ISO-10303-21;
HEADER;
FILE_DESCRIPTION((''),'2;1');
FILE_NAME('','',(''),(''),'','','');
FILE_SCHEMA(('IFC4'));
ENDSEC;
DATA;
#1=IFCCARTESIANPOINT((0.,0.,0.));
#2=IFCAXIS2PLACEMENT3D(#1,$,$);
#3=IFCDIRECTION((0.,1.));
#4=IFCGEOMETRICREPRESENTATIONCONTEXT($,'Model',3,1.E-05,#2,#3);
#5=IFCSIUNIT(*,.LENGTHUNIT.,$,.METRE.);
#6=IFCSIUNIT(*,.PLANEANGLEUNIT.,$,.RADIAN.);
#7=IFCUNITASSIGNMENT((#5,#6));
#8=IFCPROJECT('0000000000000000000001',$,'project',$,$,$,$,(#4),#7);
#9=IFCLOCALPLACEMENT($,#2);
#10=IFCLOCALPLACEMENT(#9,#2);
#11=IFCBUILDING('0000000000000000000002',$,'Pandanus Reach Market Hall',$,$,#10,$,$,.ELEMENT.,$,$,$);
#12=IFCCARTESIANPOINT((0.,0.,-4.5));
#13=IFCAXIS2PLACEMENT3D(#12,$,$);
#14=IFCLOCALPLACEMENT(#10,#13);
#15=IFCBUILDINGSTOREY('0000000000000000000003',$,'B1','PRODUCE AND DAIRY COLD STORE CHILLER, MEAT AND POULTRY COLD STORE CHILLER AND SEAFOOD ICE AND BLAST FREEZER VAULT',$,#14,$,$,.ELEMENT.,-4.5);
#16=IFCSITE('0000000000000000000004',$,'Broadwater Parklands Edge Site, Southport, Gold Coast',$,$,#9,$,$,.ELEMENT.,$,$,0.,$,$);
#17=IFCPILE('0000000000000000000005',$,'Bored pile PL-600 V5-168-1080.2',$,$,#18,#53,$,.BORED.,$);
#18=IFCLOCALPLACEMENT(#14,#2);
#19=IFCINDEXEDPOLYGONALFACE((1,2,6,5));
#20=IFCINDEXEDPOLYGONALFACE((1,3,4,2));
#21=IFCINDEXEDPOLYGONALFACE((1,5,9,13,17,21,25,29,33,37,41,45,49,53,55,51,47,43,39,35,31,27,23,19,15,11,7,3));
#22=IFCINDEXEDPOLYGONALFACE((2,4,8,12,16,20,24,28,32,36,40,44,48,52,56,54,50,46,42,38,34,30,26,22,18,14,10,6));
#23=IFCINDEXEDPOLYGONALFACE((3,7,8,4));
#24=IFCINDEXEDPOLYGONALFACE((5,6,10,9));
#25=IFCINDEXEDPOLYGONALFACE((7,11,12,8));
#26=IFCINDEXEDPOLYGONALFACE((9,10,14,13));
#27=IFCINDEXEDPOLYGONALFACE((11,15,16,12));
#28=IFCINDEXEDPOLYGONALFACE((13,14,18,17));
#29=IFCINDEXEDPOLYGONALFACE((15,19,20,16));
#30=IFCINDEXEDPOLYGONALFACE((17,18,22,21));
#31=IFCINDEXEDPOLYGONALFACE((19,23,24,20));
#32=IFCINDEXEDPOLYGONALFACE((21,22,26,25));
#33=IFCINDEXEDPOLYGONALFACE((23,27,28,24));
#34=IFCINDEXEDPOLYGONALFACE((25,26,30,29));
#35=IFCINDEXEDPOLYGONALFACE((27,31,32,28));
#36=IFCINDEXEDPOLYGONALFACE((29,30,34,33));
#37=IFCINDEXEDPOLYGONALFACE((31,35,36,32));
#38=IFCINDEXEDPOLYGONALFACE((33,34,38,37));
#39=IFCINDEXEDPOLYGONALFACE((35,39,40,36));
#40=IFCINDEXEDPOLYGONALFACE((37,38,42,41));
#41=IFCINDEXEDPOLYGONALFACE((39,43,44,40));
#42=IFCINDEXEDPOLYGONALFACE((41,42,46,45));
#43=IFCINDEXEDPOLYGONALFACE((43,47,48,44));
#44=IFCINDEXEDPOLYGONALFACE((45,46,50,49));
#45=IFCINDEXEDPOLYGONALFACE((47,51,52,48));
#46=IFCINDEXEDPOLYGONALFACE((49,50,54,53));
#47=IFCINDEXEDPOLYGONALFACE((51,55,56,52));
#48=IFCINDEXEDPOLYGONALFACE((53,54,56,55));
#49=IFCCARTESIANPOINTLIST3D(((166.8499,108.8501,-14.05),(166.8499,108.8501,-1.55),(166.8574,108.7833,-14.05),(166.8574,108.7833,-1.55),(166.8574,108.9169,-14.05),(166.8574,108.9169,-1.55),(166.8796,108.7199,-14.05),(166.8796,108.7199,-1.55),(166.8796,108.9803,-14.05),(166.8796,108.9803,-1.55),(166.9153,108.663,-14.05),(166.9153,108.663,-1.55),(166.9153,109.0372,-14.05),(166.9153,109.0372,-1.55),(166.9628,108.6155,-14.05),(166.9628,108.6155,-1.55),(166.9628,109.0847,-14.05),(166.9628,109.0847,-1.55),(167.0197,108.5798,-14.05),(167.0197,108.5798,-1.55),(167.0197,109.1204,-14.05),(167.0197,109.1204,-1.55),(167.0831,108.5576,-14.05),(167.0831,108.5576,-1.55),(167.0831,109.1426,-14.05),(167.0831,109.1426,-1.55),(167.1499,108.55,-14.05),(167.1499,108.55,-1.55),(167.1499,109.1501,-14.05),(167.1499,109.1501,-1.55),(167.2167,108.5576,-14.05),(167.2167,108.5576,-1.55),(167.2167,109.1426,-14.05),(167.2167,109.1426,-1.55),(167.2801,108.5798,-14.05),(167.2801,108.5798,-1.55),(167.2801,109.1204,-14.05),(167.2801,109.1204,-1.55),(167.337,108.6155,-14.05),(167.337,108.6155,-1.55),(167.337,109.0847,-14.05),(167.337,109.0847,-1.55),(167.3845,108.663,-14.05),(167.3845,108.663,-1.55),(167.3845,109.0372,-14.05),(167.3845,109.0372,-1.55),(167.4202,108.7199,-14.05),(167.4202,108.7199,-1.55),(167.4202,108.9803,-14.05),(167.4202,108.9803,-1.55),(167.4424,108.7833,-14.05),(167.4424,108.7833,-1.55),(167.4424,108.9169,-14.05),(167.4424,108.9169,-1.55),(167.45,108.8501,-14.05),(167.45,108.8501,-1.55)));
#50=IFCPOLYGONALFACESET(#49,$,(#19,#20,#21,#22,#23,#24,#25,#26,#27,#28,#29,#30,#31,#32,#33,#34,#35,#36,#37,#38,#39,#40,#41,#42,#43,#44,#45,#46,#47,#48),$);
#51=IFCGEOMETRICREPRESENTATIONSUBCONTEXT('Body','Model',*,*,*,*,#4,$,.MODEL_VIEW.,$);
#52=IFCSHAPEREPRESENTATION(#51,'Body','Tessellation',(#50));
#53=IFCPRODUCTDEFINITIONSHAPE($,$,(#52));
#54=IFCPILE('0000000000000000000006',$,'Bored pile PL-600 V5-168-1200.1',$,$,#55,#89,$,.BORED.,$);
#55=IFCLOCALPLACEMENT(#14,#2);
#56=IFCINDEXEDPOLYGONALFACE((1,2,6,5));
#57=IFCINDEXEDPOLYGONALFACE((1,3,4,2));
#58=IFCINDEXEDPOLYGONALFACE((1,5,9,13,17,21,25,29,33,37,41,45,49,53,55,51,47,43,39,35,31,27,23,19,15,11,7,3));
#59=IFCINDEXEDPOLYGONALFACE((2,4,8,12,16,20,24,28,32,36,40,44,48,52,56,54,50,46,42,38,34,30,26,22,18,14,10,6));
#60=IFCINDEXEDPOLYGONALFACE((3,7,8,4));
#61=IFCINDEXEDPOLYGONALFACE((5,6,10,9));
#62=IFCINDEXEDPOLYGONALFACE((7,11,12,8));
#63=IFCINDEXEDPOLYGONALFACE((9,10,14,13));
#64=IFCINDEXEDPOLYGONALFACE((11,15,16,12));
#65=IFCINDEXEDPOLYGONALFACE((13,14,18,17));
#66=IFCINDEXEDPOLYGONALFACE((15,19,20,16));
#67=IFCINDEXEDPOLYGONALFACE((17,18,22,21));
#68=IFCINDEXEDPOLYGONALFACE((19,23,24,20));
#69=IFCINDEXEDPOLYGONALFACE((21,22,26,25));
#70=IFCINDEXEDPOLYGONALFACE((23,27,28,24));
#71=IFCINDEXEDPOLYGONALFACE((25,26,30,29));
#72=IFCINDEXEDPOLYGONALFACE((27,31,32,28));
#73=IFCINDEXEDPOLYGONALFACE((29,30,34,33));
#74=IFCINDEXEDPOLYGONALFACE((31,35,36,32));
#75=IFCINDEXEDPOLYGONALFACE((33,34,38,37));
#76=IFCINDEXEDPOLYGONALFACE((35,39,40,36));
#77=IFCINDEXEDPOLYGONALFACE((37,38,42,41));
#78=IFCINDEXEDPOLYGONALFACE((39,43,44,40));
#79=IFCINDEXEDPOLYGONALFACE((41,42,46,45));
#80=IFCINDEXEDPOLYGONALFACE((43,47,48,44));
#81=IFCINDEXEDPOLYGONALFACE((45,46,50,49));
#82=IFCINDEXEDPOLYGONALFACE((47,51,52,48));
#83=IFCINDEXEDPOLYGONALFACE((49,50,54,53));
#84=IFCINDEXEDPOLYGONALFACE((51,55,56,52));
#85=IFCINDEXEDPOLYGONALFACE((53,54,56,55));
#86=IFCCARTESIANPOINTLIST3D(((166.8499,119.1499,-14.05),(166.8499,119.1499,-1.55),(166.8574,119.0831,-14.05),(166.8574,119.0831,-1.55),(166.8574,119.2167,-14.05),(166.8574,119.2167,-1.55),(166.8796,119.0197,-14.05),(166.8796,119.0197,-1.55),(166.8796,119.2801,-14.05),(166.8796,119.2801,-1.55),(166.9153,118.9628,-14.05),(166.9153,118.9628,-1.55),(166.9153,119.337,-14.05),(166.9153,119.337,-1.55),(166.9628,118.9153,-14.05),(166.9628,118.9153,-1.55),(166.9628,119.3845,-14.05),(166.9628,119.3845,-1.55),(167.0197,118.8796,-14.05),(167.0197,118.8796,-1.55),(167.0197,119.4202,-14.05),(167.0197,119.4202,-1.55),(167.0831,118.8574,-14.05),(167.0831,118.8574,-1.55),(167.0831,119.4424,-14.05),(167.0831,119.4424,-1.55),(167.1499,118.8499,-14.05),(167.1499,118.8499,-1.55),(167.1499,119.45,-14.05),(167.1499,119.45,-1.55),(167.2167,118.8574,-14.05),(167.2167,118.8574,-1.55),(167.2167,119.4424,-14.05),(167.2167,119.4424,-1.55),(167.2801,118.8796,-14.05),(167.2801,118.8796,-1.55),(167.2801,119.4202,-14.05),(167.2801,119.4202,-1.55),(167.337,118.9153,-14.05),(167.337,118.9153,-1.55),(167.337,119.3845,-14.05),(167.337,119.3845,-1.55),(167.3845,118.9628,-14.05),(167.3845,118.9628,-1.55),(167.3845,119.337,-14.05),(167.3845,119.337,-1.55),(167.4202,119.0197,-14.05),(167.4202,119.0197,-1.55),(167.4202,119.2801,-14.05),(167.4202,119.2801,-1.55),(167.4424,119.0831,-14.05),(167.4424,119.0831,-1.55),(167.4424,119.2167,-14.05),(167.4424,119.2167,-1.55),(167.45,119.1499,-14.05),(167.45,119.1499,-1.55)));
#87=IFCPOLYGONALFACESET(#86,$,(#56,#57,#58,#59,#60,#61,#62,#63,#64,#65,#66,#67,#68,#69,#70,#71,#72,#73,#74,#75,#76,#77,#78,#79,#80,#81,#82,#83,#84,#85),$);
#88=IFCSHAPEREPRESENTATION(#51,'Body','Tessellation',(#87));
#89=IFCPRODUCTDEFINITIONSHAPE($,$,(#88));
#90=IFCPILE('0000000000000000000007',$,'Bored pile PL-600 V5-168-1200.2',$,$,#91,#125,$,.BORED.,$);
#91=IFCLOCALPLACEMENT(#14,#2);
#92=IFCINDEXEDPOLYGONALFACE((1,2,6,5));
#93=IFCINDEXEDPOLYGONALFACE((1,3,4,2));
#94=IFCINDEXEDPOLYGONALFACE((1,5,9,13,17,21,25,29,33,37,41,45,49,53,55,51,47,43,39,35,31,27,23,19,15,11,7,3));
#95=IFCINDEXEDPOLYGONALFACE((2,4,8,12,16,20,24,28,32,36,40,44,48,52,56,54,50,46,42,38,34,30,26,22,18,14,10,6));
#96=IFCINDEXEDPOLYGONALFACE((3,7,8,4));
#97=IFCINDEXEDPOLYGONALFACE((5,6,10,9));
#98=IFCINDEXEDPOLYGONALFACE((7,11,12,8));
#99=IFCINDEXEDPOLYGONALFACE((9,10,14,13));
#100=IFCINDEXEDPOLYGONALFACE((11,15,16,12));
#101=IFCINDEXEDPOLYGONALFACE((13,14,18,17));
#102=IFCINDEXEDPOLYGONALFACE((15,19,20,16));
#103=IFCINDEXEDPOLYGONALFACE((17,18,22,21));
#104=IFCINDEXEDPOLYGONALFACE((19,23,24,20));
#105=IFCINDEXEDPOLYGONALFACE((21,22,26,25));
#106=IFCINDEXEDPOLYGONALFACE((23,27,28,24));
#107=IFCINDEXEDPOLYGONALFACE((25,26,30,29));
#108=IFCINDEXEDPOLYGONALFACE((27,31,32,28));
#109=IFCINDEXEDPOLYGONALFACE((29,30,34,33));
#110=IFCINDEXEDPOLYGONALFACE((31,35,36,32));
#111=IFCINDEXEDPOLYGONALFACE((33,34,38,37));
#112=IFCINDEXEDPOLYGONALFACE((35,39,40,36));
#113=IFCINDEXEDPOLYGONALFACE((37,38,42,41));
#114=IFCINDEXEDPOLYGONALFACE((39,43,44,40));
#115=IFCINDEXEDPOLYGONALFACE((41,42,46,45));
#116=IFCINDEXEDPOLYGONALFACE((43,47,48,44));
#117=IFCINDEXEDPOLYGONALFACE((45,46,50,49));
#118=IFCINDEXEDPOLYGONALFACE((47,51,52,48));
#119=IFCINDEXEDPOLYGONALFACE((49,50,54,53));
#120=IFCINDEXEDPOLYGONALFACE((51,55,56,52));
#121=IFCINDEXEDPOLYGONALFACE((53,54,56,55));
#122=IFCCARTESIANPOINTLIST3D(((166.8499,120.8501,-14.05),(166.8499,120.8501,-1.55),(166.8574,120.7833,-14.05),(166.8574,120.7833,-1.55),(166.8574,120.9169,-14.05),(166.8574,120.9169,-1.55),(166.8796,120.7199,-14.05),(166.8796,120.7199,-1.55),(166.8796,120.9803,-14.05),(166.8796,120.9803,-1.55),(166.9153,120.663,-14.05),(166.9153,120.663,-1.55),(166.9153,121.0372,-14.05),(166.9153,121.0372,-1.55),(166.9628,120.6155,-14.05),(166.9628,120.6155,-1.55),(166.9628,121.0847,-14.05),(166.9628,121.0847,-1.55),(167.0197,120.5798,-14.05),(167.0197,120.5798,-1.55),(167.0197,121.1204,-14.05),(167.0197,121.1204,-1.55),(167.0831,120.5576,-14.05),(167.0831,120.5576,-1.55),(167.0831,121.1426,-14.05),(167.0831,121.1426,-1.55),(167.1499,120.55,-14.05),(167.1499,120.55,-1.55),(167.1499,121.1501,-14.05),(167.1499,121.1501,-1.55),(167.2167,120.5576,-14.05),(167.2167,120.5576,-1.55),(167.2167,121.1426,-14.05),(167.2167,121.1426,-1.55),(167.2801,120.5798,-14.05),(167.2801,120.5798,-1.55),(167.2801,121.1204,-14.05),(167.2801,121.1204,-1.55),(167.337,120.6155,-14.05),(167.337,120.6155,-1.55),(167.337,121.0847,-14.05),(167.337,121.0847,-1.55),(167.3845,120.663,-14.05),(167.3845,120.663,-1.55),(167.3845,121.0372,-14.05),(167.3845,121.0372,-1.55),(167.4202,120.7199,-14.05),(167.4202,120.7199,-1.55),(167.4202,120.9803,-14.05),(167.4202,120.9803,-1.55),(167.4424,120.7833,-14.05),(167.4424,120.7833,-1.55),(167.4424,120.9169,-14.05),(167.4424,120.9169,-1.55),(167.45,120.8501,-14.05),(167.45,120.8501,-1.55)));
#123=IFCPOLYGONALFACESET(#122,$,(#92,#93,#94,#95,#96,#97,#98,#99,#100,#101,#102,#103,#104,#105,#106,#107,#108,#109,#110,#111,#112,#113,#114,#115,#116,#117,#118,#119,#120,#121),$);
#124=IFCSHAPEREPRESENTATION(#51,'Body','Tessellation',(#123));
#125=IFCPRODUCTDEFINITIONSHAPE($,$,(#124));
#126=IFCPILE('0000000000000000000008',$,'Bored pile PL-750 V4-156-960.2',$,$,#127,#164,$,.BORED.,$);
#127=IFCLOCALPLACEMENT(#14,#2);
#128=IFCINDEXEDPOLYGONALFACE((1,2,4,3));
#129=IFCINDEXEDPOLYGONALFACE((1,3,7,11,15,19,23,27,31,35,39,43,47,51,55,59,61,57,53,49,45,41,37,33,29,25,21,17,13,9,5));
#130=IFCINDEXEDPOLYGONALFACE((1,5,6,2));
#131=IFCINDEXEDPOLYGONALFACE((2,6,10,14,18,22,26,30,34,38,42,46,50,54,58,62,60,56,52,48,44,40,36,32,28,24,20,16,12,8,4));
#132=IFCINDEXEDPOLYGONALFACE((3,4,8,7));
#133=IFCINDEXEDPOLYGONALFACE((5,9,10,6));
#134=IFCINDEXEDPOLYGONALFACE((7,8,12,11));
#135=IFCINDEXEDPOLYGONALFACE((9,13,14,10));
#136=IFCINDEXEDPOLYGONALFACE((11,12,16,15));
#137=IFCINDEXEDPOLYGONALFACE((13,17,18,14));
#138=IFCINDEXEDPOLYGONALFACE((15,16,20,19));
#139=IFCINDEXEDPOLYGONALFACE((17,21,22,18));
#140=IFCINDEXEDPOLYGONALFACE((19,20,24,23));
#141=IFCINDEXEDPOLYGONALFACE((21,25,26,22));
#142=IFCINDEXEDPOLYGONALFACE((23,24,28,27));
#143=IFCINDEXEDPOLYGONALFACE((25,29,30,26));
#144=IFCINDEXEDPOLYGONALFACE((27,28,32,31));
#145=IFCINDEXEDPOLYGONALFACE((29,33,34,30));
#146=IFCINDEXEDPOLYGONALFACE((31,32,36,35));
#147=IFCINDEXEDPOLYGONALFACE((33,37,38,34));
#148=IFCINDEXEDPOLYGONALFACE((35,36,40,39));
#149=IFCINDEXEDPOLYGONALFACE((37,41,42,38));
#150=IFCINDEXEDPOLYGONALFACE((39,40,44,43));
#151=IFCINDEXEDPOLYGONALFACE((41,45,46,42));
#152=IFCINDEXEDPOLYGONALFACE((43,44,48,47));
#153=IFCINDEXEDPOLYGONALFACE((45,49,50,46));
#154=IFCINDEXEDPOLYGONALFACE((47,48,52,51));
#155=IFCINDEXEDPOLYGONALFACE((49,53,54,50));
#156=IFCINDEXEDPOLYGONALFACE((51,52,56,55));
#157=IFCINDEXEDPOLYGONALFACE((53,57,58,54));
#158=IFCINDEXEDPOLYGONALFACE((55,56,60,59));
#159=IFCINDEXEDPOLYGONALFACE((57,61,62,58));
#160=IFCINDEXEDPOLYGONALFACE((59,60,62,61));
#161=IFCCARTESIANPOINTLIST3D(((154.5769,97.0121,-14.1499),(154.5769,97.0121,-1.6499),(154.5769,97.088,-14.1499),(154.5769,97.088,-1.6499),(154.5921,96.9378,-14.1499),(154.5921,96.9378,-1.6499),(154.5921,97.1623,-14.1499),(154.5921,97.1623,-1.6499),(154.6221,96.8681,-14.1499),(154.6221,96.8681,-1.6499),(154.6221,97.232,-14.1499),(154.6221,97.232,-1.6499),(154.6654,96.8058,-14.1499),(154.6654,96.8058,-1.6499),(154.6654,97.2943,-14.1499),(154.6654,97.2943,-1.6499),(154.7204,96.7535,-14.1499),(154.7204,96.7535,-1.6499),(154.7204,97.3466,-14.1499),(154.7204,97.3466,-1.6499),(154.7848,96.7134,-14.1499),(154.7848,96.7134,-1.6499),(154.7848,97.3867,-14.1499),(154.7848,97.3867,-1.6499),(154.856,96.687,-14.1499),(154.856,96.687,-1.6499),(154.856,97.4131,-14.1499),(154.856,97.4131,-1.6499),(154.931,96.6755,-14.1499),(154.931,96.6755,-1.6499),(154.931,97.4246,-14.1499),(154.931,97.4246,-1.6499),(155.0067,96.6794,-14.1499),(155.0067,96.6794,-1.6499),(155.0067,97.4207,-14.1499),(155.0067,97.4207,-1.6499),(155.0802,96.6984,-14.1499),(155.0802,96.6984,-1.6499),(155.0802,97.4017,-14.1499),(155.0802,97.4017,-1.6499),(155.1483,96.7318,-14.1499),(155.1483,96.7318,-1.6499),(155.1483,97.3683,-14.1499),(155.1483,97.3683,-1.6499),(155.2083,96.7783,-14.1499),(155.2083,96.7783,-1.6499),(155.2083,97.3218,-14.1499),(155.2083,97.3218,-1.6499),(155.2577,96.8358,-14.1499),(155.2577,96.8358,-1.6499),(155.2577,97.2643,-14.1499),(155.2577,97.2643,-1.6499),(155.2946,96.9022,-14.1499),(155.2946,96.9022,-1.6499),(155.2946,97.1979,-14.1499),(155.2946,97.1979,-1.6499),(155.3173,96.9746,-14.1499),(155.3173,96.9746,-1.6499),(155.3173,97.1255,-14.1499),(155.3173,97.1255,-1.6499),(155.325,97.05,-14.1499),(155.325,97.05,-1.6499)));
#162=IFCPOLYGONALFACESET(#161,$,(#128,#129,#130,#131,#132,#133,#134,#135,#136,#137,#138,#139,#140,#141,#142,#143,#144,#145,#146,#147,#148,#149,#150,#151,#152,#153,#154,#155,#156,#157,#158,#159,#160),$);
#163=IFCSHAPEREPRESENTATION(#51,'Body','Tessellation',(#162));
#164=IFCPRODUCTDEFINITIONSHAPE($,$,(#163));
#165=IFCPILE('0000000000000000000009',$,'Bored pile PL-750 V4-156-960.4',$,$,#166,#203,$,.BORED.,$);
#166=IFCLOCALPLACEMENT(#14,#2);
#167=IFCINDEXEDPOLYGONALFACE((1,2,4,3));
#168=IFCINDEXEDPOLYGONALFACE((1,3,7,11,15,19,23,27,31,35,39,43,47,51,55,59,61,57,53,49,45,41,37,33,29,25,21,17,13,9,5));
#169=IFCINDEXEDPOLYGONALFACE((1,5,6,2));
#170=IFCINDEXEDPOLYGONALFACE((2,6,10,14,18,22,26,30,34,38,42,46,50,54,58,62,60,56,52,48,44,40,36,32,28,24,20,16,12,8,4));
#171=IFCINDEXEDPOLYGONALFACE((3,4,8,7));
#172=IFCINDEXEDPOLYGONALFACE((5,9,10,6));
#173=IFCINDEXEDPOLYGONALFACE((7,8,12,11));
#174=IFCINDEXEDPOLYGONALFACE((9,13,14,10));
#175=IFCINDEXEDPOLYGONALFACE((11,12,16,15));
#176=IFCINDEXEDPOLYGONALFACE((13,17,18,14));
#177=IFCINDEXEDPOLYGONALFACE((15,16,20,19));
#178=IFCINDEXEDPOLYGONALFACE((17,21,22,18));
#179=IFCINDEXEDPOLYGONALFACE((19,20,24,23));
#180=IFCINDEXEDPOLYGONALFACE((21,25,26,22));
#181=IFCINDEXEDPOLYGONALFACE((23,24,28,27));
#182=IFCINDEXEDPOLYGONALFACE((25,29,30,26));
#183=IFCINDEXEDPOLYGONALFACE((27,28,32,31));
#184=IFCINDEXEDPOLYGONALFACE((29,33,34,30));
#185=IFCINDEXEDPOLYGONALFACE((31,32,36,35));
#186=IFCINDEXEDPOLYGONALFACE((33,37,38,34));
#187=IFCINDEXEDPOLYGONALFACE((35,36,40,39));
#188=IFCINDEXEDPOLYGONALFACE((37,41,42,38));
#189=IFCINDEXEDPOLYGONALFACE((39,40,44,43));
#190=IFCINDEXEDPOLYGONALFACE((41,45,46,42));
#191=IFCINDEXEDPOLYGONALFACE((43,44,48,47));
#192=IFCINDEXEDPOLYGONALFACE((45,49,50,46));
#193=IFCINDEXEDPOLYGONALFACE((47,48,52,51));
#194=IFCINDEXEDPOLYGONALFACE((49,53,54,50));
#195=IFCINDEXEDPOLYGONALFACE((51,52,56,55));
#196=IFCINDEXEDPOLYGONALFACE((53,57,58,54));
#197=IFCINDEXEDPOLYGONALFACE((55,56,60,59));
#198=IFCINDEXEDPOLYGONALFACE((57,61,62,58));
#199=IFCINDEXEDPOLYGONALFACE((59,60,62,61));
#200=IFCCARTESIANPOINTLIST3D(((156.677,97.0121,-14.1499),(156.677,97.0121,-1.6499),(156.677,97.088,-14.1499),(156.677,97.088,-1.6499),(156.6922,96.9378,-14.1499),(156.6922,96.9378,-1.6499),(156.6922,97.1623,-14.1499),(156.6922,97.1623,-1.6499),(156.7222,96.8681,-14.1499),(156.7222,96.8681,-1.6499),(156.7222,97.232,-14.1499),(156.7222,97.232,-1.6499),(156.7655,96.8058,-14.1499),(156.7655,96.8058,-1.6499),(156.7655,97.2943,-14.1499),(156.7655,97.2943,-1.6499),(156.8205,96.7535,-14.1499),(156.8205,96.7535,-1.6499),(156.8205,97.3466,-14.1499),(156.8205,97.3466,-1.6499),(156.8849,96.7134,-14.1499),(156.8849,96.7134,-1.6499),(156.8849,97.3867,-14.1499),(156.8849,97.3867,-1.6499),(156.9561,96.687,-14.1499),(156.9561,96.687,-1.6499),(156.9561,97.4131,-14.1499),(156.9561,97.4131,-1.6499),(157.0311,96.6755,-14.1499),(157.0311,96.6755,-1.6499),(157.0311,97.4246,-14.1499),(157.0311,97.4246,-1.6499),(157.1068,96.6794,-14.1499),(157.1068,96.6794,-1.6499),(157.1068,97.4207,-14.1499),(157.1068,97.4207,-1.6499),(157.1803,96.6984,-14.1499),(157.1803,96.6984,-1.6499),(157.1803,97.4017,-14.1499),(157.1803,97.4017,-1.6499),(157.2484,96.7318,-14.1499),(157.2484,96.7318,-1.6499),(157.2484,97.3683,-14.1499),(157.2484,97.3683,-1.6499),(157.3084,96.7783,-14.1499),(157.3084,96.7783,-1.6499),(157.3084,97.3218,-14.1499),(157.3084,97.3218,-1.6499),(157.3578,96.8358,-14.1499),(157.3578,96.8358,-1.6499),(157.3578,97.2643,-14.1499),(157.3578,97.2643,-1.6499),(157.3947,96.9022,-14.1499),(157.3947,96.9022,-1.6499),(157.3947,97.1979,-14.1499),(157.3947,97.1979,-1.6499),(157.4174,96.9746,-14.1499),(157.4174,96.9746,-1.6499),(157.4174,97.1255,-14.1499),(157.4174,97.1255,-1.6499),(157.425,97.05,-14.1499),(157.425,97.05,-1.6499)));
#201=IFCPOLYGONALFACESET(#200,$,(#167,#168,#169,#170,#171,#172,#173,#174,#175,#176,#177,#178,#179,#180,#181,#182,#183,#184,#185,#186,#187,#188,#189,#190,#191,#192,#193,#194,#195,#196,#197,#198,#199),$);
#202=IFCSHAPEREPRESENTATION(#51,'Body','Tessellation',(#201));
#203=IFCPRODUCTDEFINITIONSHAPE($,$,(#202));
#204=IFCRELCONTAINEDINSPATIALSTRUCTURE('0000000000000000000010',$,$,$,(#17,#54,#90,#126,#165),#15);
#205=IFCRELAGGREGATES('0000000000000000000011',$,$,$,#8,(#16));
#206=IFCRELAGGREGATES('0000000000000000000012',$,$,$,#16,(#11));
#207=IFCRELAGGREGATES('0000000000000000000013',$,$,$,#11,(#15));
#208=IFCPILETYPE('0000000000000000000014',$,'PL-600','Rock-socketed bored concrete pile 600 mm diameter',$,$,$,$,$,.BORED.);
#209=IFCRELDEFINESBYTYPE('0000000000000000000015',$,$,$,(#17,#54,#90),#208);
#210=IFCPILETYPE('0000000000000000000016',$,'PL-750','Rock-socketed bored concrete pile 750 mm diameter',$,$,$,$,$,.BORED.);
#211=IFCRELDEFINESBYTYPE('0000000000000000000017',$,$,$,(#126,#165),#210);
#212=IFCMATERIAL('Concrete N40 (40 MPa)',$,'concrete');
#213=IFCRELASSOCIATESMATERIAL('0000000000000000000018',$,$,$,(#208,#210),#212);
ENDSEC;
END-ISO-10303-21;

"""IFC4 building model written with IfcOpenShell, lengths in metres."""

from ifc_helpers import new_model, si_unit, direction, frame, origin, origin_2d, place, context, subcontext, project, spatial, circle, extrude, material, material_profile, profile_set, type_object, element, save


model = new_model("IFC4")

# Units and contexts
model_context = context("Model", 3, precision=1e-05, world=origin(), true_north=direction((0.0, 1.0)))
body_context = subcontext(model_context, "Body", "Model", "MODEL_VIEW")
ifc_project = project(units=[si_unit("LENGTHUNIT", "METRE"), si_unit("PLANEANGLEUNIT", "RADIAN")], contexts=[model_context])

# Site, building, storey
site_placement = place(None, origin())
site = spatial("IfcSite", under=ifc_project, at=site_placement, Name="Broadwater Parklands Edge Site, Southport, Gold Coast", CompositionType="ELEMENT", RefElevation=0.0)
building_placement = place(site_placement, origin())
building = spatial("IfcBuilding", under=site, at=building_placement, Name="Pandanus Reach Market Hall", CompositionType="ELEMENT")
storey_placement = place(building_placement, frame((0.0, 0.0, -4.5)))
storey = spatial("IfcBuildingStorey", under=building, at=storey_placement, Name="B1", Description="PRODUCE AND DAIRY COLD STORE CHILLER, MEAT AND POULTRY COLD STORE CHILLER AND SEAFOOD ICE AND BLAST FREEZER VAULT", CompositionType="ELEMENT", Elevation=-4.5)

# Shared definitions
ifc_material_1 = material(Name="Concrete N40 (40 MPa)", Category="concrete")

# Piles
ifc_material_profile_1 = material_profile(ifc_material_1, circle(Radius=0.3, at=origin_2d()), Name="PILE-600D", Category="LoadBearing")
ifc_profile_set_1 = profile_set([ifc_material_profile_1], Name="Concrete N40 (40 MPa)")
pile_type_1 = type_object("IfcPileType", Name="PL-600", Description="Rock-socketed bored concrete pile 600 mm diameter", PredefinedType="BORED", material=ifc_profile_set_1)
for number, where, z_axis, x_axis, name in (
    (1, (167.1499, 108.8501, -1.55), (0.0, 0.0, -1.0), (1.0, 0.0, 0.0), "Bored pile PL-600 V5-168-1080.2"),
    (2, (167.1499, 119.1499, -1.55), (0.0, 0.0, -1.0), (1.0, 0.0, 0.0), "Bored pile PL-600 V5-168-1200.1"),
    (3, (167.1499, 120.8501, -1.55), (0.0, 0.0, -1.0), (1.0, 0.0, 0.0), "Bored pile PL-600 V5-168-1200.2"),
):
    element("IfcPile", number, at=place(storey_placement, frame(where, z_axis=z_axis, x_axis=x_axis)), inside=storey, type_object=pile_type_1, Name=name, PredefinedType="BORED", context=body_context, shape_type="SweptSolid", body=[
        extrude(circle(Radius=0.3, at=origin_2d()), origin(), (0.0, 0.0, 1.0), 12.5),
    ])
ifc_material_profile_2 = material_profile(ifc_material_1, circle(Radius=0.375, at=origin_2d()), Name="PILE-750D", Category="LoadBearing")
ifc_profile_set_2 = profile_set([ifc_material_profile_2], Name="Concrete N40 (40 MPa)")
pile_type_2 = type_object("IfcPileType", Name="PL-750", Description="Rock-socketed bored concrete pile 750 mm diameter", PredefinedType="BORED", material=ifc_profile_set_2)
for number, where, z_axis, x_axis, name in (
    (4, (154.95, 97.05, -1.6499), (0.0, 0.0, -1.0), (1.0, 0.0, 0.0), "Bored pile PL-750 V4-156-960.2"),
    (5, (157.05, 97.05, -1.6499), (0.0, 0.0, -1.0), (1.0, 0.0, 0.0), "Bored pile PL-750 V4-156-960.4"),
):
    element("IfcPile", number, at=place(storey_placement, frame(where, z_axis=z_axis, x_axis=x_axis)), inside=storey, type_object=pile_type_2, Name=name, PredefinedType="BORED", context=body_context, shape_type="SweptSolid", body=[
        extrude(circle(Radius=0.375, at=origin_2d()), origin(), (0.0, 0.0, 1.0), 12.5),
    ])

save(model, "model.ifc")
